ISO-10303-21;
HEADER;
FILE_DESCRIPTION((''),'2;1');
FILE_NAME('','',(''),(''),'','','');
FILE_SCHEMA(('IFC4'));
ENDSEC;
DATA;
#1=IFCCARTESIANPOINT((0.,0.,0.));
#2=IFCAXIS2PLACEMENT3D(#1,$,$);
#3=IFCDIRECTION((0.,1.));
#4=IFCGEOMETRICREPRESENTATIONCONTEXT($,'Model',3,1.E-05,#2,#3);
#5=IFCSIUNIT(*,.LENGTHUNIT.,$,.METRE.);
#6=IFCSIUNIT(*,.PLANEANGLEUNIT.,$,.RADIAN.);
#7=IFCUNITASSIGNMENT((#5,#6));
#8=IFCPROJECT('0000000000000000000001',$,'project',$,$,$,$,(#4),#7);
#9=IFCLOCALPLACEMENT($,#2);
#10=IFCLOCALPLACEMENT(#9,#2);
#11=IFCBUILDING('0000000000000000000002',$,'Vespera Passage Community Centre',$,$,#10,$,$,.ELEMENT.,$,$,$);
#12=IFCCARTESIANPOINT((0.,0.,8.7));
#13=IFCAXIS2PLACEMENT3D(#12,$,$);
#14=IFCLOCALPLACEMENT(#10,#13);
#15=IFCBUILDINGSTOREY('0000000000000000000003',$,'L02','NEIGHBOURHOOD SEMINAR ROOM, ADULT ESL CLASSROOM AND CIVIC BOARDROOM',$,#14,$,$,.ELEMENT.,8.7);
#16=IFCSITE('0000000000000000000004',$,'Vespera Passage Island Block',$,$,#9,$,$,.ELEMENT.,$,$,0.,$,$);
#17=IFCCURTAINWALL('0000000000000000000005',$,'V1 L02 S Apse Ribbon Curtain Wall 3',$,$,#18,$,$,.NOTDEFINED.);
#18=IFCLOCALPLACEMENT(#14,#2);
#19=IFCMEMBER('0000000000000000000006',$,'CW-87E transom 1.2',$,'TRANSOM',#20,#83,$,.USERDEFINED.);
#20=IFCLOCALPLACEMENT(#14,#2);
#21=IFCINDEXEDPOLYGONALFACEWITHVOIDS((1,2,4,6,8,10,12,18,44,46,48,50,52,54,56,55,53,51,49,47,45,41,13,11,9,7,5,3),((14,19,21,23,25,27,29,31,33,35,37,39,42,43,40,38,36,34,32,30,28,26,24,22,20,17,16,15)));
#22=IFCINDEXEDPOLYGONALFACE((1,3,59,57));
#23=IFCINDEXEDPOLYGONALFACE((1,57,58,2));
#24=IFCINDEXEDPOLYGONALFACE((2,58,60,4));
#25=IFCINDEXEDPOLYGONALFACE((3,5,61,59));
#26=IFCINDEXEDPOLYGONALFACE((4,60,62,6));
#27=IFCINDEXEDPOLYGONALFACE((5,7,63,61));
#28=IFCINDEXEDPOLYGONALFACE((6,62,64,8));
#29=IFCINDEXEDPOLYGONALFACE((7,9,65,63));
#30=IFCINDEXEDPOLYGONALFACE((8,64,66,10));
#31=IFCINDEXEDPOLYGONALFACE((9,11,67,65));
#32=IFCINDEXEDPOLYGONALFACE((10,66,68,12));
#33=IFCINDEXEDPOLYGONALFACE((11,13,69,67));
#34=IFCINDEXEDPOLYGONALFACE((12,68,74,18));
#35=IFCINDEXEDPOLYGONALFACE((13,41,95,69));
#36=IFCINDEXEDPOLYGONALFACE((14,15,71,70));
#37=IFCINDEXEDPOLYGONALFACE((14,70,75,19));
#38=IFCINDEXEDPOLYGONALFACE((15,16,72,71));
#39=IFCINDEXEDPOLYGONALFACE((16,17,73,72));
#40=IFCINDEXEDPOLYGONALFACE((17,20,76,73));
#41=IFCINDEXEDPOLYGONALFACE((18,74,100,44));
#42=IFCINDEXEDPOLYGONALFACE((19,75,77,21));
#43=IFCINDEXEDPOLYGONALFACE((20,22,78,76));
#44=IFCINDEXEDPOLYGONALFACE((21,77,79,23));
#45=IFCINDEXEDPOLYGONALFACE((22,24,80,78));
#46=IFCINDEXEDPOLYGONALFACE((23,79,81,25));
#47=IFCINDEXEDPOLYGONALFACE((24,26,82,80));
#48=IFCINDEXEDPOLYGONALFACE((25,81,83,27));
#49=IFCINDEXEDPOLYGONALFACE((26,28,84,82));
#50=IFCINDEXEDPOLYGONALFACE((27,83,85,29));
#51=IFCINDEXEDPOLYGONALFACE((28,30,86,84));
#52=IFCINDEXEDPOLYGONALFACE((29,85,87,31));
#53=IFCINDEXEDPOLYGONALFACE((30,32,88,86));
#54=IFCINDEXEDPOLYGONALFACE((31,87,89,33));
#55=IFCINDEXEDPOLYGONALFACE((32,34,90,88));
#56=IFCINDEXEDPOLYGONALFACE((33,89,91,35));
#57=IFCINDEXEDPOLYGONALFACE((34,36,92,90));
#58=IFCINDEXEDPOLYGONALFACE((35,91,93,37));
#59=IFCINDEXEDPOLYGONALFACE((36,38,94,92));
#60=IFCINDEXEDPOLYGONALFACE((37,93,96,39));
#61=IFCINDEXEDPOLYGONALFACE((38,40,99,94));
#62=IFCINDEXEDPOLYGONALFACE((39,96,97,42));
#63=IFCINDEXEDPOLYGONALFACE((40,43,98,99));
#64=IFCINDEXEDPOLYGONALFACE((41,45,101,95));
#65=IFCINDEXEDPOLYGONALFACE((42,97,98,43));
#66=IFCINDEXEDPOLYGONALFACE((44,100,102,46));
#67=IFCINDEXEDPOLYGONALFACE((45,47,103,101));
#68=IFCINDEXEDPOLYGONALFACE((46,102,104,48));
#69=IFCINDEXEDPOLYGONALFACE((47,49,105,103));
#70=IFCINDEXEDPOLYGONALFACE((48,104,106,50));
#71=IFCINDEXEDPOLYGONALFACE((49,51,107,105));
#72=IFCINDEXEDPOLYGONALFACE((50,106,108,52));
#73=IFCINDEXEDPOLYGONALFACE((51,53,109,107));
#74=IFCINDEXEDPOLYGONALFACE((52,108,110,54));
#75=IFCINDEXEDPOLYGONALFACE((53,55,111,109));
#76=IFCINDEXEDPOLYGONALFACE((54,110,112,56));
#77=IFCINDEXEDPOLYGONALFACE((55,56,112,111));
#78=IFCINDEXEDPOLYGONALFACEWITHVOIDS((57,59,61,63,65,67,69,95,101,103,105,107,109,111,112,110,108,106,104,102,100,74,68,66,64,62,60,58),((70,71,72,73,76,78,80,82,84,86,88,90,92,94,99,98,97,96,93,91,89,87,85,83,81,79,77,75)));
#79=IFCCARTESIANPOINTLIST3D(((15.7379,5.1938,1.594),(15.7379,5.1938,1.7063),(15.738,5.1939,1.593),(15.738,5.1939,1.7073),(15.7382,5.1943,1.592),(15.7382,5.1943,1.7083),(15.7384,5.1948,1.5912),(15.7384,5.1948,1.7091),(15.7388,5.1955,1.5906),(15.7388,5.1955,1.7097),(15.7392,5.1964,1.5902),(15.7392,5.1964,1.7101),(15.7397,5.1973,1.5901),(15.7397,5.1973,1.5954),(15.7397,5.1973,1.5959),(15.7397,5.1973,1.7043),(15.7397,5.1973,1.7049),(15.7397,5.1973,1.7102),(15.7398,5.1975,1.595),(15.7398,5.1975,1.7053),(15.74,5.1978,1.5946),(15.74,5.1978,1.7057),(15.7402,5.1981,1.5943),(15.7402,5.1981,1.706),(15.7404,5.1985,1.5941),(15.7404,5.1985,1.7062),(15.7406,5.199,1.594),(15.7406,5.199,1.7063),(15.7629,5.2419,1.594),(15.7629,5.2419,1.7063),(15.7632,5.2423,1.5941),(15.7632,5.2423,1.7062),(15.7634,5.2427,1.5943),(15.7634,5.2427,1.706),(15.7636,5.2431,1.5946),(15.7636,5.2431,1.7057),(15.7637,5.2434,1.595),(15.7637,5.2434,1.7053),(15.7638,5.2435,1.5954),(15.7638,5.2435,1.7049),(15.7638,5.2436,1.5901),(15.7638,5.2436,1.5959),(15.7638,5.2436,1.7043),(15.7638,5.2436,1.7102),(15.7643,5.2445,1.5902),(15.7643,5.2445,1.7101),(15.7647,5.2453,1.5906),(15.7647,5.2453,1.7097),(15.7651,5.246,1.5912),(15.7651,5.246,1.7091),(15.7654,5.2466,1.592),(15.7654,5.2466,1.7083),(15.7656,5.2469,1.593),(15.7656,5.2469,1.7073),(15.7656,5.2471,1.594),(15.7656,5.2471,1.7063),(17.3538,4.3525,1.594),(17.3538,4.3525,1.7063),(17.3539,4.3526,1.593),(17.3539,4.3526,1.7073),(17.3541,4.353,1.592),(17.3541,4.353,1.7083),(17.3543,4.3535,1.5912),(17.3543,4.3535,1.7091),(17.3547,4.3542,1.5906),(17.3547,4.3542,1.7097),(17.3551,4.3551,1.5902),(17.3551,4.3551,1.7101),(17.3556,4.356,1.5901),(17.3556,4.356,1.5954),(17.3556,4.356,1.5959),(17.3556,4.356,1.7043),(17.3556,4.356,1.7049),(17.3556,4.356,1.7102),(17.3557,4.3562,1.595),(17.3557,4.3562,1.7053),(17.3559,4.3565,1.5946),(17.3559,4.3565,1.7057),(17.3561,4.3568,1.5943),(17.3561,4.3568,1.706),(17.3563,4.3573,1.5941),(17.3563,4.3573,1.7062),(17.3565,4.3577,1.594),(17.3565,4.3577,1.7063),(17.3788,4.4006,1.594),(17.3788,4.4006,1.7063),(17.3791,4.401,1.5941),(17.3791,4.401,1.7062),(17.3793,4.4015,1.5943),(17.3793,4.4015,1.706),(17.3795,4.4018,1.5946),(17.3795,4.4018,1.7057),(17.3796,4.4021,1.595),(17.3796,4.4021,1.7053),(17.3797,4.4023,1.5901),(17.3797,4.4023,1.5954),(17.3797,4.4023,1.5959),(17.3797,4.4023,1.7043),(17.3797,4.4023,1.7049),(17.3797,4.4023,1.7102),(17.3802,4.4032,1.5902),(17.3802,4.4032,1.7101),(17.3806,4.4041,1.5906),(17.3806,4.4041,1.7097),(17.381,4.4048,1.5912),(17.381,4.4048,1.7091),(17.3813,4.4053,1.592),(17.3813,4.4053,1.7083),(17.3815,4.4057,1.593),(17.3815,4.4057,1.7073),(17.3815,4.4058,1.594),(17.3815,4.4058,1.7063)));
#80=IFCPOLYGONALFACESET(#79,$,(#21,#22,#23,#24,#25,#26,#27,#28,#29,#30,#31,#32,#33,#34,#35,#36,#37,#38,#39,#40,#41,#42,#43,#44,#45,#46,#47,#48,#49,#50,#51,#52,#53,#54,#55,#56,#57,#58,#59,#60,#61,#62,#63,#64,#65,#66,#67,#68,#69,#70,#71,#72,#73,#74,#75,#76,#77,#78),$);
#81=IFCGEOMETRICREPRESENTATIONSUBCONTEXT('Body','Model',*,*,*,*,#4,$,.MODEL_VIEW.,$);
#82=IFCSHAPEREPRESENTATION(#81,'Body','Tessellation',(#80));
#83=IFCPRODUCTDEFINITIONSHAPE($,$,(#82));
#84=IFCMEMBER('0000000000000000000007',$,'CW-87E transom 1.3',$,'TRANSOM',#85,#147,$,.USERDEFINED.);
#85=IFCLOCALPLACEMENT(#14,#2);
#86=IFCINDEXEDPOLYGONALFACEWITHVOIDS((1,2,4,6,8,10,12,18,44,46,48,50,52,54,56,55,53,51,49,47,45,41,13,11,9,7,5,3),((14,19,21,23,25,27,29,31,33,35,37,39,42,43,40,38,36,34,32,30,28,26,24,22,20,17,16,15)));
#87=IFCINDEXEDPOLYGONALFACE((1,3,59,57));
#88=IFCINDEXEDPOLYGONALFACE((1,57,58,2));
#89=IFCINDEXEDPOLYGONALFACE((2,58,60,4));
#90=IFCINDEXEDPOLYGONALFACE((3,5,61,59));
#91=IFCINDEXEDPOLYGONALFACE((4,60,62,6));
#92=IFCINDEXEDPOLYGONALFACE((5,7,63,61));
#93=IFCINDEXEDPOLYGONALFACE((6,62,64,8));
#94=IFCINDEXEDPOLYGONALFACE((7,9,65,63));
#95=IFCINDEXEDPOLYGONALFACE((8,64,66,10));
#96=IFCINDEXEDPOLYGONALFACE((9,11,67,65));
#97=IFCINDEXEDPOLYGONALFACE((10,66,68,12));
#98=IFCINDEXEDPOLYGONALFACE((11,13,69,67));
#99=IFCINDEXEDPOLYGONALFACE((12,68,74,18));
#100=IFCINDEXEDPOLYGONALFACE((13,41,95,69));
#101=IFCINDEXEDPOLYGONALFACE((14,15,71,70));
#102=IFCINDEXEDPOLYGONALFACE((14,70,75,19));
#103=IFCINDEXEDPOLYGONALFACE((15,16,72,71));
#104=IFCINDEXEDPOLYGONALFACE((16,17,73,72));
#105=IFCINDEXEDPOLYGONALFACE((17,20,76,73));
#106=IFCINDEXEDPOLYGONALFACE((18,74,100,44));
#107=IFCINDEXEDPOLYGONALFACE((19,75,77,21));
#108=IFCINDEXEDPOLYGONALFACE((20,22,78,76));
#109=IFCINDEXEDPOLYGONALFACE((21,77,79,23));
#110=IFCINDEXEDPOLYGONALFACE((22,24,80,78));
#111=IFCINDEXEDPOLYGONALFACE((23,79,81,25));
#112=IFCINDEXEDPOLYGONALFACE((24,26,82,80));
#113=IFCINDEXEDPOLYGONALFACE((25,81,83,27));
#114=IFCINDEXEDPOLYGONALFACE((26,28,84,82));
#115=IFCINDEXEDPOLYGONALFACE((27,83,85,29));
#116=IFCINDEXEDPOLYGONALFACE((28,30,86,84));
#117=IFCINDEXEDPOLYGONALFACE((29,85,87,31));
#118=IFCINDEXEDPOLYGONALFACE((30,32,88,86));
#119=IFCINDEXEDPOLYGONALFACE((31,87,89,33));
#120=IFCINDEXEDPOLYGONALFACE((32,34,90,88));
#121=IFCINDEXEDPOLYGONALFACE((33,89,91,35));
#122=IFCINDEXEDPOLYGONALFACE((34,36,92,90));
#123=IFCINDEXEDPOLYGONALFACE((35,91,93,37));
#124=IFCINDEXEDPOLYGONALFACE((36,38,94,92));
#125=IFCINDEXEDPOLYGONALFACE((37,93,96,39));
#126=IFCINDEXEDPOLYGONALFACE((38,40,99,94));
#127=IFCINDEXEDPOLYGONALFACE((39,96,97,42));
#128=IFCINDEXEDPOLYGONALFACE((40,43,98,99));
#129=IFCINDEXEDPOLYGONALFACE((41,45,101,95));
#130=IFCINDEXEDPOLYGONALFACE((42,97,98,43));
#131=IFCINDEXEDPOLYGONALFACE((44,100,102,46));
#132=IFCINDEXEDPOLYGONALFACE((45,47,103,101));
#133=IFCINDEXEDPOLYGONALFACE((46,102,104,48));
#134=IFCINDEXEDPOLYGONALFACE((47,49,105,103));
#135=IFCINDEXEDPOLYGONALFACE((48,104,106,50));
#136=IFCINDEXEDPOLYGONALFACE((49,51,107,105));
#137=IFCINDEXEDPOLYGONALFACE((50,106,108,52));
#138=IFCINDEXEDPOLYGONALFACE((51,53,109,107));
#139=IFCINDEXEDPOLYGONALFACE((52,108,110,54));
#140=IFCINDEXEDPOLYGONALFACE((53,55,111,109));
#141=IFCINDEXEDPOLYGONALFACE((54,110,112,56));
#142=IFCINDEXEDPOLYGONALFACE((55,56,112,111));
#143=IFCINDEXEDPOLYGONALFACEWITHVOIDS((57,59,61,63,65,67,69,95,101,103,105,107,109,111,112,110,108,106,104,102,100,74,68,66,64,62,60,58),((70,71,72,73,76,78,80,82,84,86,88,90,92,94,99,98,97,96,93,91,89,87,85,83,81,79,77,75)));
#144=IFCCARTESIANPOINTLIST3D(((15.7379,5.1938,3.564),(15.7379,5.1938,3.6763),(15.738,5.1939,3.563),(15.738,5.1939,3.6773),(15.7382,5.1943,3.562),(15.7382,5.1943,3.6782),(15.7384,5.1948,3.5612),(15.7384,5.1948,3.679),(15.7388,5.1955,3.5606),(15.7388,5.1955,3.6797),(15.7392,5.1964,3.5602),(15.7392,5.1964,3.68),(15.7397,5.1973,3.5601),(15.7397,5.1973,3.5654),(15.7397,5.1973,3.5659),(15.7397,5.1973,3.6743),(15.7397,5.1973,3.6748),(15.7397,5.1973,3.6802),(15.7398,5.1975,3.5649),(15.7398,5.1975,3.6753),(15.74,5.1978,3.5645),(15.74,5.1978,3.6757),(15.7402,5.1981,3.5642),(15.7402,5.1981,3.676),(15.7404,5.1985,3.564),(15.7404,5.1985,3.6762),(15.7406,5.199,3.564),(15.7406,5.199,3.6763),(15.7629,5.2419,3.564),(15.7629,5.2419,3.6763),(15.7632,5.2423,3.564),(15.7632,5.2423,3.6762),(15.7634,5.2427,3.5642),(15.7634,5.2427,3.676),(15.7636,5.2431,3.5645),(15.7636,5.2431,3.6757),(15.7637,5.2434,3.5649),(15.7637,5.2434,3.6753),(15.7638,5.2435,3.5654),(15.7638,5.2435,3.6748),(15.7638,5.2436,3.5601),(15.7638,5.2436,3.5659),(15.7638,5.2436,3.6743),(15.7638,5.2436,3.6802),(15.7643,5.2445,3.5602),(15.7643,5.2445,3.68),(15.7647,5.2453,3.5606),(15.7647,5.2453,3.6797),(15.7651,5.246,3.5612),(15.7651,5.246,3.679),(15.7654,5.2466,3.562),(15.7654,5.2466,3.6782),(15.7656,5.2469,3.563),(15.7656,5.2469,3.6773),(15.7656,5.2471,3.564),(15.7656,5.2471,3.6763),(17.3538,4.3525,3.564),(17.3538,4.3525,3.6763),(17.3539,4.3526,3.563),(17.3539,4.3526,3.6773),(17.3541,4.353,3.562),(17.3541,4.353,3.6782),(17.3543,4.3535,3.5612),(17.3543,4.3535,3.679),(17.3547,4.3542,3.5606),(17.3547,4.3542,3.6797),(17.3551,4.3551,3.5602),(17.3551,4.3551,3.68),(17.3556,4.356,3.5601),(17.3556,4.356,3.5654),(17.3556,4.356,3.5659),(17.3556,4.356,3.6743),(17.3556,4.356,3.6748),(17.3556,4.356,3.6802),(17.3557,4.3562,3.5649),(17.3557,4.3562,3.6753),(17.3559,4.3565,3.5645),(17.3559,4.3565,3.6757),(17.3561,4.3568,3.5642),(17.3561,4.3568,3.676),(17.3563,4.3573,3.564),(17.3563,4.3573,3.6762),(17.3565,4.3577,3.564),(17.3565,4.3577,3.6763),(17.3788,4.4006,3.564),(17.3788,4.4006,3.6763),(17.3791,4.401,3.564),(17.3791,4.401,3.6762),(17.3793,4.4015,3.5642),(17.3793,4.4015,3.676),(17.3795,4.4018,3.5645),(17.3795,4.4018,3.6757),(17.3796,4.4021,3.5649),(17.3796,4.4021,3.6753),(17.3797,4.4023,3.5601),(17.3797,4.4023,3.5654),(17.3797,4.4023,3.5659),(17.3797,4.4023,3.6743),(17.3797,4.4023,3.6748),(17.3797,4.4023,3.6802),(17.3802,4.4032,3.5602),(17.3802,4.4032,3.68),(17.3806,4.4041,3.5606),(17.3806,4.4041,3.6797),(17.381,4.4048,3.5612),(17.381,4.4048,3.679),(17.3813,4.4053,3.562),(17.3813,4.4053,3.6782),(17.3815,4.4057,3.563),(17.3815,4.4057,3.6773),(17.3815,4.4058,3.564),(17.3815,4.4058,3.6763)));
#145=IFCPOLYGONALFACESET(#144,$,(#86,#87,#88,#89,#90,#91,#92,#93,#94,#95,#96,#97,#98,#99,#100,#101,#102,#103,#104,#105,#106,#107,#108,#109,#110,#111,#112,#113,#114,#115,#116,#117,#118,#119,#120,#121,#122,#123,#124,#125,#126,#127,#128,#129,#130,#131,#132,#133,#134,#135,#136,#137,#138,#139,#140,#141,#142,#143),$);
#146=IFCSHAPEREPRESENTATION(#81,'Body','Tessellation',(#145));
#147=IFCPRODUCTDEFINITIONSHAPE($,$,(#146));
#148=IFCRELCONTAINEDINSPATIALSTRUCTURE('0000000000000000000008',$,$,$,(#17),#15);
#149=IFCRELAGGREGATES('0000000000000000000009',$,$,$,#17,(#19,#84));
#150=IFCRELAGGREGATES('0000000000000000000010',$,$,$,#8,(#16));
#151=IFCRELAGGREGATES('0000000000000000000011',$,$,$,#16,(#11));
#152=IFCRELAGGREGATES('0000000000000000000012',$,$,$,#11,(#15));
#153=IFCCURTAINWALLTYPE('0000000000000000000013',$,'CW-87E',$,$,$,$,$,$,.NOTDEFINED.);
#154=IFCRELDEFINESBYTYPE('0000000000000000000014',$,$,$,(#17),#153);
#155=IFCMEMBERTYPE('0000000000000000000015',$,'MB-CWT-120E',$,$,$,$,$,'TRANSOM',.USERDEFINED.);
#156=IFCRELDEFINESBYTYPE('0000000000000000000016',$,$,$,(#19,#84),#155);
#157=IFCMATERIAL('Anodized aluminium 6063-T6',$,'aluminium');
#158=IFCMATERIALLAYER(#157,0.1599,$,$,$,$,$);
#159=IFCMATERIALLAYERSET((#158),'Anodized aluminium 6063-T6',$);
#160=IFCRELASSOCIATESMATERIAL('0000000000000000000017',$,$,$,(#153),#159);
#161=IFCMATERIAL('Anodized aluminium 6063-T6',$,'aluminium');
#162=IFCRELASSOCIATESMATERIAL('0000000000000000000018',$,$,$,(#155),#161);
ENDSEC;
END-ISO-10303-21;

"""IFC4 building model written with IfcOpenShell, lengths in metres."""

from ifc_helpers import new_model, si_unit, direction, frame, origin, origin_2d, place, context, subcontext, project, spatial, hollow_rectangle, extrude, material, layer, layer_set, material_profile, profile_set, type_object, element, aggregate, save


model = new_model("IFC4")

# Units and contexts
model_context = context("Model", 3, precision=1e-05, world=origin(), true_north=direction((0.0, 1.0)))
body_context = subcontext(model_context, "Body", "Model", "MODEL_VIEW")
ifc_project = project(units=[si_unit("LENGTHUNIT", "METRE"), si_unit("PLANEANGLEUNIT", "RADIAN")], contexts=[model_context])

# Site, building, storey
site_placement = place(None, origin())
site = spatial("IfcSite", under=ifc_project, at=site_placement, Name="Vespera Passage Island Block", CompositionType="ELEMENT", RefElevation=0.0)
building_placement = place(site_placement, origin())
building = spatial("IfcBuilding", under=site, at=building_placement, Name="Vespera Passage Community Centre", CompositionType="ELEMENT")
storey_placement = place(building_placement, frame((0.0, 0.0, 8.7)))
storey = spatial("IfcBuildingStorey", under=building, at=storey_placement, Name="L02", Description="NEIGHBOURHOOD SEMINAR ROOM, ADULT ESL CLASSROOM AND CIVIC BOARDROOM", CompositionType="ELEMENT", Elevation=8.7)

# Curtain wall
ifc_material_1 = material(Name="Anodized aluminium 6063-T6", Category="aluminium")
ifc_layer_1 = layer(ifc_material_1, 0.1599)
ifc_layer_set_1 = layer_set([ifc_layer_1], Name="Anodized aluminium 6063-T6")
curtain_wall_type = type_object("IfcCurtainWallType", Name="CW-87E", PredefinedType="NOTDEFINED", material=ifc_layer_set_1)
curtain_wall_1_placement = place(storey_placement, origin())
curtain_wall_1 = element("IfcCurtainWall", 1, at=curtain_wall_1_placement, inside=storey, type_object=curtain_wall_type, Name="V1 L02 S Apse Ribbon Curtain Wall 3", PredefinedType="NOTDEFINED")

# Members
ifc_material_2 = material(Name="Anodized aluminium 6063-T6", Category="aluminium")
ifc_material_profile_1 = material_profile(ifc_material_2, hollow_rectangle(XDim=0.0601, YDim=0.1201, WallThickness=0.0039, InnerFilletRadius=0.002, OuterFilletRadius=0.0039, at=origin_2d()), Name="ALU120X60X4")
ifc_profile_set_1 = profile_set([ifc_material_profile_1], Name="Anodized aluminium 6063-T6")
member_type_1 = type_object("IfcMemberType", Name="MB-CWT-120E", ElementType="TRANSOM", PredefinedType="USERDEFINED", material=ifc_profile_set_1)
member_1_placement = place(storey_placement, frame((17.3677, 4.3792, 1.6501), z_axis=(-0.886991, 0.461787, 0.0), x_axis=(-0.461787, -0.886991, 0.0)))
member_1 = element("IfcMember", 2, at=member_1_placement, type_object=member_type_1, Name="CW-87E transom 1.2", ObjectType="TRANSOM", PredefinedType="USERDEFINED", context=body_context, shape_type="SweptSolid", body=[
    extrude(hollow_rectangle(XDim=0.0601, YDim=0.1201, WallThickness=0.0039, InnerFilletRadius=0.002, OuterFilletRadius=0.0039, at=origin_2d()), origin(), (0.0, 0.0, 1.0), 1.8218),
])
member_2_placement = place(storey_placement, frame((17.3677, 4.3792, 3.6201), z_axis=(-0.886991, 0.461787, 0.0), x_axis=(-0.461787, -0.886991, 0.0)))
member_2 = element("IfcMember", 3, at=member_2_placement, type_object=member_type_1, Name="CW-87E transom 1.3", ObjectType="TRANSOM", PredefinedType="USERDEFINED", context=body_context, shape_type="SweptSolid", body=[
    extrude(hollow_rectangle(XDim=0.0601, YDim=0.1201, WallThickness=0.0039, InnerFilletRadius=0.002, OuterFilletRadius=0.0039, at=origin_2d()), origin(), (0.0, 0.0, 1.0), 1.8218),
])

aggregate(curtain_wall_1, [member_1, member_2])

save(model, "model.ifc")
